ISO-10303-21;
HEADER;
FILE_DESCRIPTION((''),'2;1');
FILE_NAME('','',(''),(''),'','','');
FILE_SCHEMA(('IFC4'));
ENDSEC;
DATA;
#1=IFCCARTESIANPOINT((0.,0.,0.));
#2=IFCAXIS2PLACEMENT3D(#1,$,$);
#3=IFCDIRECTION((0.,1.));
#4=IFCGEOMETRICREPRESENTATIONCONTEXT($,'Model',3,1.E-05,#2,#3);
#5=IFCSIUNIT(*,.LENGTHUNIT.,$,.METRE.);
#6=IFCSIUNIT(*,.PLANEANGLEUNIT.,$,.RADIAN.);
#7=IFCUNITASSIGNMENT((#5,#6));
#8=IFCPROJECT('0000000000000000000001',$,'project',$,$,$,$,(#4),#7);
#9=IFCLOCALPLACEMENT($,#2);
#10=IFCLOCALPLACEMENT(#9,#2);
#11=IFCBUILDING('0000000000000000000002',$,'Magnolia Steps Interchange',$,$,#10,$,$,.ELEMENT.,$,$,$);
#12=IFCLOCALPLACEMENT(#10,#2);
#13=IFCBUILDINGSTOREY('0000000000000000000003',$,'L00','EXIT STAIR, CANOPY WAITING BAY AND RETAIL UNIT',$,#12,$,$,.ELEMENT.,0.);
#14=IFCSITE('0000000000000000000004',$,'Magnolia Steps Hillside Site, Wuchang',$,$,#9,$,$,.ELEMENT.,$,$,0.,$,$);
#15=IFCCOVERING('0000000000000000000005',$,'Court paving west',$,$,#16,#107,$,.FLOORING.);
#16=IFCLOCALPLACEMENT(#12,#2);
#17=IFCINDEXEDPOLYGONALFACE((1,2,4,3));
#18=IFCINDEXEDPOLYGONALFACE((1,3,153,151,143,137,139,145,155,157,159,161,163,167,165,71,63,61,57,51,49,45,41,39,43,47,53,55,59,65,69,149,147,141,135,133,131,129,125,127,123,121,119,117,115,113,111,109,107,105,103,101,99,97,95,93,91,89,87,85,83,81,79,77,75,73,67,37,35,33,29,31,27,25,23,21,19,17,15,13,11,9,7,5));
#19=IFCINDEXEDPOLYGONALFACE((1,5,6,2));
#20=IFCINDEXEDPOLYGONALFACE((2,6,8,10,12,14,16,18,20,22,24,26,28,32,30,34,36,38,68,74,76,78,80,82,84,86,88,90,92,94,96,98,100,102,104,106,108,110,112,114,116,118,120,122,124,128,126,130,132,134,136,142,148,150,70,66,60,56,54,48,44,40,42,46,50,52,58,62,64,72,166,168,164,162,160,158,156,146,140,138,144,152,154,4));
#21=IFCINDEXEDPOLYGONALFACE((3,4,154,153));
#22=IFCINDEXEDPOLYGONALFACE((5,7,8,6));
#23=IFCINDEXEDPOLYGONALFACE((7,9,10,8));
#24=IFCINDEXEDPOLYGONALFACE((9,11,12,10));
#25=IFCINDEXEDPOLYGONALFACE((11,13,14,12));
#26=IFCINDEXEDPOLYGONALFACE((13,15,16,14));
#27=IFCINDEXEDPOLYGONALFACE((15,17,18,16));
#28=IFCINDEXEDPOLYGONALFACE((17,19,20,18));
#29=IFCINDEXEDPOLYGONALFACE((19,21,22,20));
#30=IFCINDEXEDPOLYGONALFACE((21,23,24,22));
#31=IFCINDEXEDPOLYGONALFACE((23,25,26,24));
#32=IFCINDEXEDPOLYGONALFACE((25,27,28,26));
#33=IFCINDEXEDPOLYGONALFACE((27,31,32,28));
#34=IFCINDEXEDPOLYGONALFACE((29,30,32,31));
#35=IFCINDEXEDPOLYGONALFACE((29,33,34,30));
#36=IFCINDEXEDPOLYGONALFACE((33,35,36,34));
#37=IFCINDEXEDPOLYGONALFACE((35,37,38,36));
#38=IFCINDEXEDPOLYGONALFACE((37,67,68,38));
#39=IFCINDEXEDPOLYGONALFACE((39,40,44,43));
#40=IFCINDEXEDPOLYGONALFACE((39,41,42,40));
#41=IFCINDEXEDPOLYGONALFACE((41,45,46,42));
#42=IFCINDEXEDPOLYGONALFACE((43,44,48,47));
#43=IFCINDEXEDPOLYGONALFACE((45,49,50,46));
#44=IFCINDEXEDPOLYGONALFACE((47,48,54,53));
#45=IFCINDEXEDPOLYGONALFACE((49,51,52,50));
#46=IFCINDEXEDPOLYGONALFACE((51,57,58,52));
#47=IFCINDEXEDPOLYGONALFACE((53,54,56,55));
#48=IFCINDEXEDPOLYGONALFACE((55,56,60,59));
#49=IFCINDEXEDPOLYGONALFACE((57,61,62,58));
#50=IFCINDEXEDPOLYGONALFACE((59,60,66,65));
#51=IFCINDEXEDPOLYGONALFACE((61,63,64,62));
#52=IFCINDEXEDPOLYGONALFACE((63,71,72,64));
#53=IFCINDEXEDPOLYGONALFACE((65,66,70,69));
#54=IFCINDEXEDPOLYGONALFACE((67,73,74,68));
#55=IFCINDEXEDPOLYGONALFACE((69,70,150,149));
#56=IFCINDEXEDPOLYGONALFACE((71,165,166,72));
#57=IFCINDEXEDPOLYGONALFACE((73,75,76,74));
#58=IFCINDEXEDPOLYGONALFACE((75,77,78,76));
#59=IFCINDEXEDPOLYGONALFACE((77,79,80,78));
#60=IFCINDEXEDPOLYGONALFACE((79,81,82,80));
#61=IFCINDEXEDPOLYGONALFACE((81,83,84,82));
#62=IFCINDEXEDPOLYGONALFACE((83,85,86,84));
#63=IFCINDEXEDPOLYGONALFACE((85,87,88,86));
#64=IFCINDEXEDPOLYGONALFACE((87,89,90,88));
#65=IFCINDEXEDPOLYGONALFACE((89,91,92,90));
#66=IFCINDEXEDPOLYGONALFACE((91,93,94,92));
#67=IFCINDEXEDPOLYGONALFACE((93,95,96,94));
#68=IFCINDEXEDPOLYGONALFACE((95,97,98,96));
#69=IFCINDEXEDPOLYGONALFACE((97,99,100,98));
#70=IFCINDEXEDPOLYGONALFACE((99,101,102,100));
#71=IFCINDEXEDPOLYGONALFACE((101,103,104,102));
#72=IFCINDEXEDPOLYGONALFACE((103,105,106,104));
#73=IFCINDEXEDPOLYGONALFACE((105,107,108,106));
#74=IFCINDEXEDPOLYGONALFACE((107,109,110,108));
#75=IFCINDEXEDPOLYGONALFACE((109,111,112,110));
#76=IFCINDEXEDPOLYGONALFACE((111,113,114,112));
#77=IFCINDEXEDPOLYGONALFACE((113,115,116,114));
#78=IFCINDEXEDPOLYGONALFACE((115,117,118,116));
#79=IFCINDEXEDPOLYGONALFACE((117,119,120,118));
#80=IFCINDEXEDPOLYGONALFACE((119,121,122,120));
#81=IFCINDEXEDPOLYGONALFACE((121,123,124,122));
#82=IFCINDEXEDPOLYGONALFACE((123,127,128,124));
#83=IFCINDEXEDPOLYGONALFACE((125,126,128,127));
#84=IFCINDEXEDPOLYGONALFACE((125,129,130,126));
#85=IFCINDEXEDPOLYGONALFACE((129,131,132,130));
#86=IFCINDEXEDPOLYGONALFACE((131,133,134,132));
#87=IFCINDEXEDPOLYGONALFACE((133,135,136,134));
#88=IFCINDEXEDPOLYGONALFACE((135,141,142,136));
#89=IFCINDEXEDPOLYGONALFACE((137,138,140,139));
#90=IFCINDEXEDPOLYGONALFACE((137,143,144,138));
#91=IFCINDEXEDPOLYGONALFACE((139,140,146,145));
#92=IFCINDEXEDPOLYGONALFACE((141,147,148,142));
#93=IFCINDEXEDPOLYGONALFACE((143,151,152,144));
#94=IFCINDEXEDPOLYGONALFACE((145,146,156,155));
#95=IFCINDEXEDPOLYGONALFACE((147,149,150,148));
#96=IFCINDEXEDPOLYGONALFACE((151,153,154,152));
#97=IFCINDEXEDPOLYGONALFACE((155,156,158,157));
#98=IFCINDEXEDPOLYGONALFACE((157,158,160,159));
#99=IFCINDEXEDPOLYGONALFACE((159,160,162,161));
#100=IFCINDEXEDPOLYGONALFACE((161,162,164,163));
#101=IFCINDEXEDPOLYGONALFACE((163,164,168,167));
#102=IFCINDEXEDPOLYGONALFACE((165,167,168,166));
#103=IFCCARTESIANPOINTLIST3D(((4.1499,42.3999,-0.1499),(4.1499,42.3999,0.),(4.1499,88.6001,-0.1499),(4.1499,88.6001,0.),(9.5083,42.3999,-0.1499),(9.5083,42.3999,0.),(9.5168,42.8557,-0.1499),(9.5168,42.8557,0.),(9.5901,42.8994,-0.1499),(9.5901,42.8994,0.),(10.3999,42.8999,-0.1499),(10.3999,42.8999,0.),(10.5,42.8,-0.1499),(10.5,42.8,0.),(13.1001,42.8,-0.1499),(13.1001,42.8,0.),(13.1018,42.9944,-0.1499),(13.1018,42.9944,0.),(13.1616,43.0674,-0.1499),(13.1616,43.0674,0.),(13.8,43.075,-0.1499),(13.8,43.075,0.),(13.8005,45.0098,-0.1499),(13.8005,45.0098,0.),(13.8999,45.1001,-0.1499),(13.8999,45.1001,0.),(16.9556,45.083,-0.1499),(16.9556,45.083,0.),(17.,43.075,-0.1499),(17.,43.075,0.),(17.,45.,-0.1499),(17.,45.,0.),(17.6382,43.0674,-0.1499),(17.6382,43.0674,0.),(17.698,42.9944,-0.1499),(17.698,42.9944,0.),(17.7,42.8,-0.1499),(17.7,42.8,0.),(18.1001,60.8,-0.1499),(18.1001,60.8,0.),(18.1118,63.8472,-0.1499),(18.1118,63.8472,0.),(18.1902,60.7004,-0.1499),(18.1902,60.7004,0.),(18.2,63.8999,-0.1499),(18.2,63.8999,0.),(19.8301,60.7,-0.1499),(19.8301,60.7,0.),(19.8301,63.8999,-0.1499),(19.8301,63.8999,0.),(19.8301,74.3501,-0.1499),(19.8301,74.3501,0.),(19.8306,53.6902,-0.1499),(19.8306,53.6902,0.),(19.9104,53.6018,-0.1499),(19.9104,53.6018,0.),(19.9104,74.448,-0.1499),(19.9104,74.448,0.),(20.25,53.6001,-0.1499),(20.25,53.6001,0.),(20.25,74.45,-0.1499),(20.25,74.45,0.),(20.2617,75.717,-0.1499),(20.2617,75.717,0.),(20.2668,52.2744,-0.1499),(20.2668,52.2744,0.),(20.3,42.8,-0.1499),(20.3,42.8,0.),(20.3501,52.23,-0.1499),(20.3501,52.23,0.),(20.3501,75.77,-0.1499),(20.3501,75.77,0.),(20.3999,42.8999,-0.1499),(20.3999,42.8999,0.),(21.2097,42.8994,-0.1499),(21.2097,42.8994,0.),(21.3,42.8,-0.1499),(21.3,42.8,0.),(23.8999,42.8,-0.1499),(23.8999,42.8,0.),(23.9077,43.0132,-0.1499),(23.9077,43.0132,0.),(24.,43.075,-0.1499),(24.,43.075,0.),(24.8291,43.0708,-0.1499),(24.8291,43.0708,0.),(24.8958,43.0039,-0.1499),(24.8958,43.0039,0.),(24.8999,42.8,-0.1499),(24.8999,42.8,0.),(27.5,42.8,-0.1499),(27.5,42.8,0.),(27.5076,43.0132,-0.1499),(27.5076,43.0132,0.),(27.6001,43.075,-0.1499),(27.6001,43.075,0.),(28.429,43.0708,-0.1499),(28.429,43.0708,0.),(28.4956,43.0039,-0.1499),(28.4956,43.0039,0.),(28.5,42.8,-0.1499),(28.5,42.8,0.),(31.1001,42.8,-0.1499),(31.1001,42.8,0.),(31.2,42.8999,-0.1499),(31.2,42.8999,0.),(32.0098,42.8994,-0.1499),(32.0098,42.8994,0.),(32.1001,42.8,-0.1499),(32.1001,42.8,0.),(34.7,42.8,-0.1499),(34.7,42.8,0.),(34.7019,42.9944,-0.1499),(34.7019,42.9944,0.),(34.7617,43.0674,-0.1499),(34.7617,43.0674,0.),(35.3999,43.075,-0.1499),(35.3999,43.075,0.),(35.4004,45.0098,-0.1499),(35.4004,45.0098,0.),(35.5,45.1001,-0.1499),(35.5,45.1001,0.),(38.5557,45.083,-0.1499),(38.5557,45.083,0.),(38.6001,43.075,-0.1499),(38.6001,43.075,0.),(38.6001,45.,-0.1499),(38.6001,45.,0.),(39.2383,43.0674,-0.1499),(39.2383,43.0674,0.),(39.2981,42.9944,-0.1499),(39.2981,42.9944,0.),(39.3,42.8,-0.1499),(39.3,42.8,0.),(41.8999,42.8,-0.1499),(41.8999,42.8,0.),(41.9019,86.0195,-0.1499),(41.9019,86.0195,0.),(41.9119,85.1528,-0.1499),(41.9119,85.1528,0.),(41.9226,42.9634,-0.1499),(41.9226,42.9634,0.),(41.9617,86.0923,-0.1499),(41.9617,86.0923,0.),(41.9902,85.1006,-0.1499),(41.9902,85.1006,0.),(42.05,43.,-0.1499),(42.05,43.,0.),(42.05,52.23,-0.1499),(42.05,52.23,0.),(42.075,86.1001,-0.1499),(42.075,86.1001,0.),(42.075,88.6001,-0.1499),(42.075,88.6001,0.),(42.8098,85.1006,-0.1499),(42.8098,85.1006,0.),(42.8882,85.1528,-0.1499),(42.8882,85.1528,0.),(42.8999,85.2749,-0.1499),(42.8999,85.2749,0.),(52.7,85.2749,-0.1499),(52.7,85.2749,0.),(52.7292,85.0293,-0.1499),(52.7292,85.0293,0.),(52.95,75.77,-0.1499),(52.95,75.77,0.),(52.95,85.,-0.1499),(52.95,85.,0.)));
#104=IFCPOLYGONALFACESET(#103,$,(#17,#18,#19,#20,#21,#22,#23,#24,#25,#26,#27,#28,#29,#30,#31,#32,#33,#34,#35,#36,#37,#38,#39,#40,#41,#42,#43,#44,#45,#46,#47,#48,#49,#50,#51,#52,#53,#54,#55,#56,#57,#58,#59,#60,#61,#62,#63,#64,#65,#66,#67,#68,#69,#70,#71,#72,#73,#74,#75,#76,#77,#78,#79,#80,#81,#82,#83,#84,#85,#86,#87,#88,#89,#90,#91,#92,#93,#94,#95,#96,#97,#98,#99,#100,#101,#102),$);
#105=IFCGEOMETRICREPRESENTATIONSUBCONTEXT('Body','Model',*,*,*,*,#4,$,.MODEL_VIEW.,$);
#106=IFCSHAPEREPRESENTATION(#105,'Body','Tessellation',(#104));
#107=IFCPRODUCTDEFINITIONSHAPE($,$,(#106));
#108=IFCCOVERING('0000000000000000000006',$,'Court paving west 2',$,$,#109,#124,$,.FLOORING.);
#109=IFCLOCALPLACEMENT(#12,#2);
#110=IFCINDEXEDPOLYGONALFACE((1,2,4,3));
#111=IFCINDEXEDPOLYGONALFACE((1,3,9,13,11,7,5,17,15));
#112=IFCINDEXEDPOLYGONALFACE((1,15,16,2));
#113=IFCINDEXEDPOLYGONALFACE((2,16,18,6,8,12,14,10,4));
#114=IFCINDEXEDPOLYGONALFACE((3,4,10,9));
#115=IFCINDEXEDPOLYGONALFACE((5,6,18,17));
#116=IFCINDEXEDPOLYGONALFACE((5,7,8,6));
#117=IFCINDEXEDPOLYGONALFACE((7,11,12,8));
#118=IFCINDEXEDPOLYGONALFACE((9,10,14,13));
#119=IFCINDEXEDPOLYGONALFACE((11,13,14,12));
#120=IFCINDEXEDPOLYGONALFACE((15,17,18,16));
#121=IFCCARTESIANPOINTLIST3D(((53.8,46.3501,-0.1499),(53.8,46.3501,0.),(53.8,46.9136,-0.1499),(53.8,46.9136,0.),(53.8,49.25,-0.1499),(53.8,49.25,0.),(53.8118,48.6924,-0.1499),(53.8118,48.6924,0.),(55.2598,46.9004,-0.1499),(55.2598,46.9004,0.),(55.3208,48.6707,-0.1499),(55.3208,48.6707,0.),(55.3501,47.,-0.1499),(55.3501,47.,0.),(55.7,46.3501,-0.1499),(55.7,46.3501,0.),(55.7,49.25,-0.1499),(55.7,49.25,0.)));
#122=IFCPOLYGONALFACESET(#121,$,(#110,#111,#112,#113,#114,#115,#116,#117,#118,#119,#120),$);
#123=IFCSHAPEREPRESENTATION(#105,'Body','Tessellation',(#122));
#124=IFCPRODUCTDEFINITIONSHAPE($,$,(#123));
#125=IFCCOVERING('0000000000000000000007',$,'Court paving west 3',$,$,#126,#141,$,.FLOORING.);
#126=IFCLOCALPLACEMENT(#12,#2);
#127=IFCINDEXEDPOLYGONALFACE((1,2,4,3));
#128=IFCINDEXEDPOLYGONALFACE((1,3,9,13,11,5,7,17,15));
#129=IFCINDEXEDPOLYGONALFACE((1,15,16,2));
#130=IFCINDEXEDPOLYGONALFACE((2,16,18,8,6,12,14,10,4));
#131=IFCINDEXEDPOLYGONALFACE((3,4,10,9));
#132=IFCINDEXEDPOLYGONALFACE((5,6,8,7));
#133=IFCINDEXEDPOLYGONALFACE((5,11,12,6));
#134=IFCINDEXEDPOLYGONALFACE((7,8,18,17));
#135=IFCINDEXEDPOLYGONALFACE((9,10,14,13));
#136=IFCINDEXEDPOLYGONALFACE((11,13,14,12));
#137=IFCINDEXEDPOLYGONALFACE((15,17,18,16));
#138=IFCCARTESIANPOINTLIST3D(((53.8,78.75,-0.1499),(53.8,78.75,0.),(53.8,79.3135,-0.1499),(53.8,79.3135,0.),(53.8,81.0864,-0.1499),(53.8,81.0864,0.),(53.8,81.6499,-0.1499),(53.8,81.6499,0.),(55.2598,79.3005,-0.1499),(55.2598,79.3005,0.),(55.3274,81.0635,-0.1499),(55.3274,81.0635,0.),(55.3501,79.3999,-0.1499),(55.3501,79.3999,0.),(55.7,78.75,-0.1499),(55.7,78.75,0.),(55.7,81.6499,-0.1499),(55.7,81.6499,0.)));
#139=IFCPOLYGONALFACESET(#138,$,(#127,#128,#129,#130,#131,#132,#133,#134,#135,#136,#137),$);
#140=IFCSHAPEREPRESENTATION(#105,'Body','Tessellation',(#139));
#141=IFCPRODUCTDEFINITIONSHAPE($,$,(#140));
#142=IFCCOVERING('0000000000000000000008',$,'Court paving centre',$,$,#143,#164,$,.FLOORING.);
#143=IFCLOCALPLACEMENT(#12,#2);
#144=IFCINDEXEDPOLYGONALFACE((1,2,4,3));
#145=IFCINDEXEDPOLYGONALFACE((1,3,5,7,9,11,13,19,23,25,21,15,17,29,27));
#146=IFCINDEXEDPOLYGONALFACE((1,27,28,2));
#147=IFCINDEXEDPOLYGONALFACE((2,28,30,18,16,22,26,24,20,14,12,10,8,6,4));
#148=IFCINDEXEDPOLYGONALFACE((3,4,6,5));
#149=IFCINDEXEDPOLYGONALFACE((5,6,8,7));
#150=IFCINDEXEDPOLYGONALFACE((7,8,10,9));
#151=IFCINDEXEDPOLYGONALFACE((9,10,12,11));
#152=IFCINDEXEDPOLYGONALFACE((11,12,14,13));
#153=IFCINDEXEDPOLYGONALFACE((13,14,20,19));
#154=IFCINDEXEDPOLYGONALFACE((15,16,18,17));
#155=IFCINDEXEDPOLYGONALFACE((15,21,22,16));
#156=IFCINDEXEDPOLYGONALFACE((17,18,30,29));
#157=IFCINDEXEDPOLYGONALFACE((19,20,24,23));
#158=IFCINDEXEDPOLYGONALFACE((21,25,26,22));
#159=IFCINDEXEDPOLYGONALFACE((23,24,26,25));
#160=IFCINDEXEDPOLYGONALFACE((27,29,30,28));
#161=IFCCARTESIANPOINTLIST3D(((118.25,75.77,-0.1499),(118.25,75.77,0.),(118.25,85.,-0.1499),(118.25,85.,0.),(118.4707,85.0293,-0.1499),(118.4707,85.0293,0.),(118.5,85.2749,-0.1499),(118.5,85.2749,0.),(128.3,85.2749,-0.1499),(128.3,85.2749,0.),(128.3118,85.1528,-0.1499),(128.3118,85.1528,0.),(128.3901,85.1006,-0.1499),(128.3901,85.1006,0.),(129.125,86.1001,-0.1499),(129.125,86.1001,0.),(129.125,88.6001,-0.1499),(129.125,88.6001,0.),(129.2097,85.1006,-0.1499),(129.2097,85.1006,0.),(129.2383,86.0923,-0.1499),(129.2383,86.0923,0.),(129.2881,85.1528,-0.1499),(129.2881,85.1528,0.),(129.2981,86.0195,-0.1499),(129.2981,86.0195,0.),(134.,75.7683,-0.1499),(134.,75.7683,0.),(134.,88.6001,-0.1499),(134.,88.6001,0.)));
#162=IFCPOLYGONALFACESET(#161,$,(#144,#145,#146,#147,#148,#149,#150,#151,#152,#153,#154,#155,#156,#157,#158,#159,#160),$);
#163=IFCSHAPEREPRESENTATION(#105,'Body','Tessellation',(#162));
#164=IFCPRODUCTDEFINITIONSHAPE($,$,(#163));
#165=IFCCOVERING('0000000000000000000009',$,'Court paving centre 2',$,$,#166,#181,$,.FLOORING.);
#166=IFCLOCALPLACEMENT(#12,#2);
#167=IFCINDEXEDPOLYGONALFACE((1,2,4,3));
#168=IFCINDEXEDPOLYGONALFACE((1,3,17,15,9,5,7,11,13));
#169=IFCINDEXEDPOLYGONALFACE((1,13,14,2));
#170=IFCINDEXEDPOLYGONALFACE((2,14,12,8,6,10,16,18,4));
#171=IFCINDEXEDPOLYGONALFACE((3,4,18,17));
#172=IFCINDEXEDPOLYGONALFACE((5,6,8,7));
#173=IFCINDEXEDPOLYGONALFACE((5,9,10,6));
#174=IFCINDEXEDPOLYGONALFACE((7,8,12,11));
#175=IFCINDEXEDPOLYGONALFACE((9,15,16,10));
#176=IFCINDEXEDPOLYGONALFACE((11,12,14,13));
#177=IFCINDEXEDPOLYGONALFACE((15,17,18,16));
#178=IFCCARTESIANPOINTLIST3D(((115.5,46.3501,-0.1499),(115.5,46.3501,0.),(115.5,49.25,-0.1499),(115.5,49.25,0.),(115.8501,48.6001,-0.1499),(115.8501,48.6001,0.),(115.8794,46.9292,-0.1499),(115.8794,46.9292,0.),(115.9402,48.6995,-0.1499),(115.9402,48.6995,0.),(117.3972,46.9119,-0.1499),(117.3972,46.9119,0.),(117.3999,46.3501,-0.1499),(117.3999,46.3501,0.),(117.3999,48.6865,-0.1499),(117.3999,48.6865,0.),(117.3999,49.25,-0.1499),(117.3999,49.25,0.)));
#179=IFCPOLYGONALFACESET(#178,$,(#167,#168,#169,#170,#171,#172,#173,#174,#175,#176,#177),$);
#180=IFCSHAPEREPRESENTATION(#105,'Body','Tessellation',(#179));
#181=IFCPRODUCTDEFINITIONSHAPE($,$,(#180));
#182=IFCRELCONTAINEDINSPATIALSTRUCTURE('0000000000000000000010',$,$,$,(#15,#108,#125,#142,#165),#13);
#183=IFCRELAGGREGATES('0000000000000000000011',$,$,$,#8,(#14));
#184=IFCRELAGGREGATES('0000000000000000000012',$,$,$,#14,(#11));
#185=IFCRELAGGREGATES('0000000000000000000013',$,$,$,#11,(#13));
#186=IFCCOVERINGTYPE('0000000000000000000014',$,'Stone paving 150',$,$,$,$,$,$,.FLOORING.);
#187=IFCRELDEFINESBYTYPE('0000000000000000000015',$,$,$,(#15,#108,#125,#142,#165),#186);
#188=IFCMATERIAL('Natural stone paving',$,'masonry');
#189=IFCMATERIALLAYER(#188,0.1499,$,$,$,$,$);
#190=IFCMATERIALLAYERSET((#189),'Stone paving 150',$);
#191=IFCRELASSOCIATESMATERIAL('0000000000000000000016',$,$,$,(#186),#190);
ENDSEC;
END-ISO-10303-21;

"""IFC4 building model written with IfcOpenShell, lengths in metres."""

from ifc_helpers import new_model, si_unit, direction, frame, origin, place, context, subcontext, project, spatial, polyline, outline, extrude, material, layer, layer_set, type_object, element, save


model = new_model("IFC4")

# Units and contexts
model_context = context("Model", 3, precision=1e-05, world=origin(), true_north=direction((0.0, 1.0)))
body_context = subcontext(model_context, "Body", "Model", "MODEL_VIEW")
ifc_project = project(units=[si_unit("LENGTHUNIT", "METRE"), si_unit("PLANEANGLEUNIT", "RADIAN")], contexts=[model_context])

# Site, building, storey
site_placement = place(None, origin())
site = spatial("IfcSite", under=ifc_project, at=site_placement, Name="Magnolia Steps Hillside Site, Wuchang", CompositionType="ELEMENT", RefElevation=0.0)
building_placement = place(site_placement, origin())
building = spatial("IfcBuilding", under=site, at=building_placement, Name="Magnolia Steps Interchange", CompositionType="ELEMENT")
storey_placement = place(building_placement, origin())
storey = spatial("IfcBuildingStorey", under=building, at=storey_placement, Name="L00", Description="EXIT STAIR, CANOPY WAITING BAY AND RETAIL UNIT", CompositionType="ELEMENT", Elevation=0.0)

# Coverings
ifc_material_1 = material(Name="Natural stone paving", Category="masonry")
ifc_layer_1 = layer(ifc_material_1, 0.1499)
ifc_layer_set_1 = layer_set([ifc_layer_1], Name="Stone paving 150")
covering_type_1 = type_object("IfcCoveringType", Name="Stone paving 150", PredefinedType="FLOORING", material=ifc_layer_set_1)
covering_1_placement = place(storey_placement, frame((0.0, 0.0, -0.1499)))
element("IfcCovering", 1, at=covering_1_placement, inside=storey, type_object=covering_type_1, Name="Court paving west", PredefinedType="FLOORING", context=body_context, shape_type="SweptSolid", body=[
    extrude(outline(polyline([(4.1499, 88.6001), (42.075, 88.6001), (42.075, 86.1001), (41.9617, 86.0923), (41.9019, 86.0195), (41.9119, 85.1528), (41.9902, 85.1006), (42.8098, 85.1006), (42.8882, 85.1528), (42.8999, 85.2749), (52.7, 85.2749), (52.7292, 85.0293), (52.95, 85.0), (52.95, 75.77), (20.3501, 75.77), (20.2617, 75.717), (20.25, 74.45), (19.9104, 74.448), (19.8301, 74.3501), (19.8301, 63.8999), (18.2, 63.8999), (18.1118, 63.8472), (18.1001, 60.8), (18.1902, 60.7004), (19.8301, 60.7), (19.8306, 53.6902), (19.9104, 53.6018), (20.25, 53.6001), (20.2668, 52.2744), (20.3501, 52.23), (42.05, 52.23), (42.05, 43.0), (41.9226, 42.9634), (41.8999, 42.8), (39.3, 42.8), (39.2981, 42.9944), (39.2383, 43.0674), (38.6001, 43.075), (38.6001, 45.0), (38.5557, 45.083), (35.5, 45.1001), (35.4004, 45.0098), (35.3999, 43.075), (34.7617, 43.0674), (34.7019, 42.9944), (34.7, 42.8), (32.1001, 42.8), (32.0098, 42.8994), (31.2, 42.8999), (31.1001, 42.8), (28.5, 42.8), (28.4956, 43.0039), (28.429, 43.0708), (27.6001, 43.075), (27.5076, 43.0132), (27.5, 42.8), (24.8999, 42.8), (24.8958, 43.0039), (24.8291, 43.0708), (24.0, 43.075), (23.9077, 43.0132), (23.8999, 42.8), (21.3, 42.8), (21.2097, 42.8994), (20.3999, 42.8999), (20.3, 42.8), (17.7, 42.8), (17.698, 42.9944), (17.6382, 43.0674), (17.0, 43.075), (17.0, 45.0), (16.9556, 45.083), (13.8999, 45.1001), (13.8005, 45.0098), (13.8, 43.075), (13.1616, 43.0674), (13.1018, 42.9944), (13.1001, 42.8), (10.5, 42.8), (10.3999, 42.8999), (9.5901, 42.8994), (9.5168, 42.8557), (9.5083, 42.3999), (4.1499, 42.3999), (4.1499, 88.6001)])), origin(), (0.0, 0.0, 1.0), 0.1499),
])
covering_2_placement = place(storey_placement, frame((0.0, 0.0, -0.1499)))
element("IfcCovering", 2, at=covering_2_placement, inside=storey, type_object=covering_type_1, Name="Court paving west 2", PredefinedType="FLOORING", context=body_context, shape_type="SweptSolid", body=[
    extrude(outline(polyline([(55.7, 49.25), (55.7, 46.3501), (53.8, 46.3501), (53.8, 46.9136), (55.2598, 46.9004), (55.3501, 47.0), (55.3208, 48.6707), (53.8118, 48.6924), (53.8, 49.25), (55.7, 49.25)])), origin(), (0.0, 0.0, 1.0), 0.1499),
])
covering_3_placement = place(storey_placement, frame((0.0, 0.0, -0.1499)))
element("IfcCovering", 3, at=covering_3_placement, inside=storey, type_object=covering_type_1, Name="Court paving west 3", PredefinedType="FLOORING", context=body_context, shape_type="SweptSolid", body=[
    extrude(outline(polyline([(55.7, 81.6499), (55.7, 78.75), (53.8, 78.75), (53.8, 79.3135), (55.2598, 79.3005), (55.3501, 79.3999), (55.3274, 81.0635), (53.8, 81.0864), (53.8, 81.6499), (55.7, 81.6499)])), origin(), (0.0, 0.0, 1.0), 0.1499),
])
covering_4_placement = place(storey_placement, frame((0.0, 0.0, -0.1499)))
element("IfcCovering", 4, at=covering_4_placement, inside=storey, type_object=covering_type_1, Name="Court paving centre", PredefinedType="FLOORING", context=body_context, shape_type="SweptSolid", body=[
    extrude(outline(polyline([(118.25, 75.77), (118.25, 85.0), (118.4707, 85.0293), (118.5, 85.2749), (128.3, 85.2749), (128.3118, 85.1528), (128.3901, 85.1006), (129.2097, 85.1006), (129.2881, 85.1528), (129.2981, 86.0195), (129.2383, 86.0923), (129.125, 86.1001), (129.125, 88.6001), (134.0, 88.6001), (134.0, 75.7683), (118.25, 75.77)])), origin(), (0.0, 0.0, 1.0), 0.1499),
])
covering_5_placement = place(storey_placement, frame((0.0, 0.0, -0.1499)))
element("IfcCovering", 5, at=covering_5_placement, inside=storey, type_object=covering_type_1, Name="Court paving centre 2", PredefinedType="FLOORING", context=body_context, shape_type="SweptSolid", body=[
    extrude(outline(polyline([(115.5, 46.3501), (115.5, 49.25), (117.3999, 49.25), (117.3999, 48.6865), (115.9402, 48.6995), (115.8501, 48.6001), (115.8794, 46.9292), (117.3972, 46.9119), (117.3999, 46.3501), (115.5, 46.3501)])), origin(), (0.0, 0.0, 1.0), 0.1499),
])

save(model, "model.ifc")
